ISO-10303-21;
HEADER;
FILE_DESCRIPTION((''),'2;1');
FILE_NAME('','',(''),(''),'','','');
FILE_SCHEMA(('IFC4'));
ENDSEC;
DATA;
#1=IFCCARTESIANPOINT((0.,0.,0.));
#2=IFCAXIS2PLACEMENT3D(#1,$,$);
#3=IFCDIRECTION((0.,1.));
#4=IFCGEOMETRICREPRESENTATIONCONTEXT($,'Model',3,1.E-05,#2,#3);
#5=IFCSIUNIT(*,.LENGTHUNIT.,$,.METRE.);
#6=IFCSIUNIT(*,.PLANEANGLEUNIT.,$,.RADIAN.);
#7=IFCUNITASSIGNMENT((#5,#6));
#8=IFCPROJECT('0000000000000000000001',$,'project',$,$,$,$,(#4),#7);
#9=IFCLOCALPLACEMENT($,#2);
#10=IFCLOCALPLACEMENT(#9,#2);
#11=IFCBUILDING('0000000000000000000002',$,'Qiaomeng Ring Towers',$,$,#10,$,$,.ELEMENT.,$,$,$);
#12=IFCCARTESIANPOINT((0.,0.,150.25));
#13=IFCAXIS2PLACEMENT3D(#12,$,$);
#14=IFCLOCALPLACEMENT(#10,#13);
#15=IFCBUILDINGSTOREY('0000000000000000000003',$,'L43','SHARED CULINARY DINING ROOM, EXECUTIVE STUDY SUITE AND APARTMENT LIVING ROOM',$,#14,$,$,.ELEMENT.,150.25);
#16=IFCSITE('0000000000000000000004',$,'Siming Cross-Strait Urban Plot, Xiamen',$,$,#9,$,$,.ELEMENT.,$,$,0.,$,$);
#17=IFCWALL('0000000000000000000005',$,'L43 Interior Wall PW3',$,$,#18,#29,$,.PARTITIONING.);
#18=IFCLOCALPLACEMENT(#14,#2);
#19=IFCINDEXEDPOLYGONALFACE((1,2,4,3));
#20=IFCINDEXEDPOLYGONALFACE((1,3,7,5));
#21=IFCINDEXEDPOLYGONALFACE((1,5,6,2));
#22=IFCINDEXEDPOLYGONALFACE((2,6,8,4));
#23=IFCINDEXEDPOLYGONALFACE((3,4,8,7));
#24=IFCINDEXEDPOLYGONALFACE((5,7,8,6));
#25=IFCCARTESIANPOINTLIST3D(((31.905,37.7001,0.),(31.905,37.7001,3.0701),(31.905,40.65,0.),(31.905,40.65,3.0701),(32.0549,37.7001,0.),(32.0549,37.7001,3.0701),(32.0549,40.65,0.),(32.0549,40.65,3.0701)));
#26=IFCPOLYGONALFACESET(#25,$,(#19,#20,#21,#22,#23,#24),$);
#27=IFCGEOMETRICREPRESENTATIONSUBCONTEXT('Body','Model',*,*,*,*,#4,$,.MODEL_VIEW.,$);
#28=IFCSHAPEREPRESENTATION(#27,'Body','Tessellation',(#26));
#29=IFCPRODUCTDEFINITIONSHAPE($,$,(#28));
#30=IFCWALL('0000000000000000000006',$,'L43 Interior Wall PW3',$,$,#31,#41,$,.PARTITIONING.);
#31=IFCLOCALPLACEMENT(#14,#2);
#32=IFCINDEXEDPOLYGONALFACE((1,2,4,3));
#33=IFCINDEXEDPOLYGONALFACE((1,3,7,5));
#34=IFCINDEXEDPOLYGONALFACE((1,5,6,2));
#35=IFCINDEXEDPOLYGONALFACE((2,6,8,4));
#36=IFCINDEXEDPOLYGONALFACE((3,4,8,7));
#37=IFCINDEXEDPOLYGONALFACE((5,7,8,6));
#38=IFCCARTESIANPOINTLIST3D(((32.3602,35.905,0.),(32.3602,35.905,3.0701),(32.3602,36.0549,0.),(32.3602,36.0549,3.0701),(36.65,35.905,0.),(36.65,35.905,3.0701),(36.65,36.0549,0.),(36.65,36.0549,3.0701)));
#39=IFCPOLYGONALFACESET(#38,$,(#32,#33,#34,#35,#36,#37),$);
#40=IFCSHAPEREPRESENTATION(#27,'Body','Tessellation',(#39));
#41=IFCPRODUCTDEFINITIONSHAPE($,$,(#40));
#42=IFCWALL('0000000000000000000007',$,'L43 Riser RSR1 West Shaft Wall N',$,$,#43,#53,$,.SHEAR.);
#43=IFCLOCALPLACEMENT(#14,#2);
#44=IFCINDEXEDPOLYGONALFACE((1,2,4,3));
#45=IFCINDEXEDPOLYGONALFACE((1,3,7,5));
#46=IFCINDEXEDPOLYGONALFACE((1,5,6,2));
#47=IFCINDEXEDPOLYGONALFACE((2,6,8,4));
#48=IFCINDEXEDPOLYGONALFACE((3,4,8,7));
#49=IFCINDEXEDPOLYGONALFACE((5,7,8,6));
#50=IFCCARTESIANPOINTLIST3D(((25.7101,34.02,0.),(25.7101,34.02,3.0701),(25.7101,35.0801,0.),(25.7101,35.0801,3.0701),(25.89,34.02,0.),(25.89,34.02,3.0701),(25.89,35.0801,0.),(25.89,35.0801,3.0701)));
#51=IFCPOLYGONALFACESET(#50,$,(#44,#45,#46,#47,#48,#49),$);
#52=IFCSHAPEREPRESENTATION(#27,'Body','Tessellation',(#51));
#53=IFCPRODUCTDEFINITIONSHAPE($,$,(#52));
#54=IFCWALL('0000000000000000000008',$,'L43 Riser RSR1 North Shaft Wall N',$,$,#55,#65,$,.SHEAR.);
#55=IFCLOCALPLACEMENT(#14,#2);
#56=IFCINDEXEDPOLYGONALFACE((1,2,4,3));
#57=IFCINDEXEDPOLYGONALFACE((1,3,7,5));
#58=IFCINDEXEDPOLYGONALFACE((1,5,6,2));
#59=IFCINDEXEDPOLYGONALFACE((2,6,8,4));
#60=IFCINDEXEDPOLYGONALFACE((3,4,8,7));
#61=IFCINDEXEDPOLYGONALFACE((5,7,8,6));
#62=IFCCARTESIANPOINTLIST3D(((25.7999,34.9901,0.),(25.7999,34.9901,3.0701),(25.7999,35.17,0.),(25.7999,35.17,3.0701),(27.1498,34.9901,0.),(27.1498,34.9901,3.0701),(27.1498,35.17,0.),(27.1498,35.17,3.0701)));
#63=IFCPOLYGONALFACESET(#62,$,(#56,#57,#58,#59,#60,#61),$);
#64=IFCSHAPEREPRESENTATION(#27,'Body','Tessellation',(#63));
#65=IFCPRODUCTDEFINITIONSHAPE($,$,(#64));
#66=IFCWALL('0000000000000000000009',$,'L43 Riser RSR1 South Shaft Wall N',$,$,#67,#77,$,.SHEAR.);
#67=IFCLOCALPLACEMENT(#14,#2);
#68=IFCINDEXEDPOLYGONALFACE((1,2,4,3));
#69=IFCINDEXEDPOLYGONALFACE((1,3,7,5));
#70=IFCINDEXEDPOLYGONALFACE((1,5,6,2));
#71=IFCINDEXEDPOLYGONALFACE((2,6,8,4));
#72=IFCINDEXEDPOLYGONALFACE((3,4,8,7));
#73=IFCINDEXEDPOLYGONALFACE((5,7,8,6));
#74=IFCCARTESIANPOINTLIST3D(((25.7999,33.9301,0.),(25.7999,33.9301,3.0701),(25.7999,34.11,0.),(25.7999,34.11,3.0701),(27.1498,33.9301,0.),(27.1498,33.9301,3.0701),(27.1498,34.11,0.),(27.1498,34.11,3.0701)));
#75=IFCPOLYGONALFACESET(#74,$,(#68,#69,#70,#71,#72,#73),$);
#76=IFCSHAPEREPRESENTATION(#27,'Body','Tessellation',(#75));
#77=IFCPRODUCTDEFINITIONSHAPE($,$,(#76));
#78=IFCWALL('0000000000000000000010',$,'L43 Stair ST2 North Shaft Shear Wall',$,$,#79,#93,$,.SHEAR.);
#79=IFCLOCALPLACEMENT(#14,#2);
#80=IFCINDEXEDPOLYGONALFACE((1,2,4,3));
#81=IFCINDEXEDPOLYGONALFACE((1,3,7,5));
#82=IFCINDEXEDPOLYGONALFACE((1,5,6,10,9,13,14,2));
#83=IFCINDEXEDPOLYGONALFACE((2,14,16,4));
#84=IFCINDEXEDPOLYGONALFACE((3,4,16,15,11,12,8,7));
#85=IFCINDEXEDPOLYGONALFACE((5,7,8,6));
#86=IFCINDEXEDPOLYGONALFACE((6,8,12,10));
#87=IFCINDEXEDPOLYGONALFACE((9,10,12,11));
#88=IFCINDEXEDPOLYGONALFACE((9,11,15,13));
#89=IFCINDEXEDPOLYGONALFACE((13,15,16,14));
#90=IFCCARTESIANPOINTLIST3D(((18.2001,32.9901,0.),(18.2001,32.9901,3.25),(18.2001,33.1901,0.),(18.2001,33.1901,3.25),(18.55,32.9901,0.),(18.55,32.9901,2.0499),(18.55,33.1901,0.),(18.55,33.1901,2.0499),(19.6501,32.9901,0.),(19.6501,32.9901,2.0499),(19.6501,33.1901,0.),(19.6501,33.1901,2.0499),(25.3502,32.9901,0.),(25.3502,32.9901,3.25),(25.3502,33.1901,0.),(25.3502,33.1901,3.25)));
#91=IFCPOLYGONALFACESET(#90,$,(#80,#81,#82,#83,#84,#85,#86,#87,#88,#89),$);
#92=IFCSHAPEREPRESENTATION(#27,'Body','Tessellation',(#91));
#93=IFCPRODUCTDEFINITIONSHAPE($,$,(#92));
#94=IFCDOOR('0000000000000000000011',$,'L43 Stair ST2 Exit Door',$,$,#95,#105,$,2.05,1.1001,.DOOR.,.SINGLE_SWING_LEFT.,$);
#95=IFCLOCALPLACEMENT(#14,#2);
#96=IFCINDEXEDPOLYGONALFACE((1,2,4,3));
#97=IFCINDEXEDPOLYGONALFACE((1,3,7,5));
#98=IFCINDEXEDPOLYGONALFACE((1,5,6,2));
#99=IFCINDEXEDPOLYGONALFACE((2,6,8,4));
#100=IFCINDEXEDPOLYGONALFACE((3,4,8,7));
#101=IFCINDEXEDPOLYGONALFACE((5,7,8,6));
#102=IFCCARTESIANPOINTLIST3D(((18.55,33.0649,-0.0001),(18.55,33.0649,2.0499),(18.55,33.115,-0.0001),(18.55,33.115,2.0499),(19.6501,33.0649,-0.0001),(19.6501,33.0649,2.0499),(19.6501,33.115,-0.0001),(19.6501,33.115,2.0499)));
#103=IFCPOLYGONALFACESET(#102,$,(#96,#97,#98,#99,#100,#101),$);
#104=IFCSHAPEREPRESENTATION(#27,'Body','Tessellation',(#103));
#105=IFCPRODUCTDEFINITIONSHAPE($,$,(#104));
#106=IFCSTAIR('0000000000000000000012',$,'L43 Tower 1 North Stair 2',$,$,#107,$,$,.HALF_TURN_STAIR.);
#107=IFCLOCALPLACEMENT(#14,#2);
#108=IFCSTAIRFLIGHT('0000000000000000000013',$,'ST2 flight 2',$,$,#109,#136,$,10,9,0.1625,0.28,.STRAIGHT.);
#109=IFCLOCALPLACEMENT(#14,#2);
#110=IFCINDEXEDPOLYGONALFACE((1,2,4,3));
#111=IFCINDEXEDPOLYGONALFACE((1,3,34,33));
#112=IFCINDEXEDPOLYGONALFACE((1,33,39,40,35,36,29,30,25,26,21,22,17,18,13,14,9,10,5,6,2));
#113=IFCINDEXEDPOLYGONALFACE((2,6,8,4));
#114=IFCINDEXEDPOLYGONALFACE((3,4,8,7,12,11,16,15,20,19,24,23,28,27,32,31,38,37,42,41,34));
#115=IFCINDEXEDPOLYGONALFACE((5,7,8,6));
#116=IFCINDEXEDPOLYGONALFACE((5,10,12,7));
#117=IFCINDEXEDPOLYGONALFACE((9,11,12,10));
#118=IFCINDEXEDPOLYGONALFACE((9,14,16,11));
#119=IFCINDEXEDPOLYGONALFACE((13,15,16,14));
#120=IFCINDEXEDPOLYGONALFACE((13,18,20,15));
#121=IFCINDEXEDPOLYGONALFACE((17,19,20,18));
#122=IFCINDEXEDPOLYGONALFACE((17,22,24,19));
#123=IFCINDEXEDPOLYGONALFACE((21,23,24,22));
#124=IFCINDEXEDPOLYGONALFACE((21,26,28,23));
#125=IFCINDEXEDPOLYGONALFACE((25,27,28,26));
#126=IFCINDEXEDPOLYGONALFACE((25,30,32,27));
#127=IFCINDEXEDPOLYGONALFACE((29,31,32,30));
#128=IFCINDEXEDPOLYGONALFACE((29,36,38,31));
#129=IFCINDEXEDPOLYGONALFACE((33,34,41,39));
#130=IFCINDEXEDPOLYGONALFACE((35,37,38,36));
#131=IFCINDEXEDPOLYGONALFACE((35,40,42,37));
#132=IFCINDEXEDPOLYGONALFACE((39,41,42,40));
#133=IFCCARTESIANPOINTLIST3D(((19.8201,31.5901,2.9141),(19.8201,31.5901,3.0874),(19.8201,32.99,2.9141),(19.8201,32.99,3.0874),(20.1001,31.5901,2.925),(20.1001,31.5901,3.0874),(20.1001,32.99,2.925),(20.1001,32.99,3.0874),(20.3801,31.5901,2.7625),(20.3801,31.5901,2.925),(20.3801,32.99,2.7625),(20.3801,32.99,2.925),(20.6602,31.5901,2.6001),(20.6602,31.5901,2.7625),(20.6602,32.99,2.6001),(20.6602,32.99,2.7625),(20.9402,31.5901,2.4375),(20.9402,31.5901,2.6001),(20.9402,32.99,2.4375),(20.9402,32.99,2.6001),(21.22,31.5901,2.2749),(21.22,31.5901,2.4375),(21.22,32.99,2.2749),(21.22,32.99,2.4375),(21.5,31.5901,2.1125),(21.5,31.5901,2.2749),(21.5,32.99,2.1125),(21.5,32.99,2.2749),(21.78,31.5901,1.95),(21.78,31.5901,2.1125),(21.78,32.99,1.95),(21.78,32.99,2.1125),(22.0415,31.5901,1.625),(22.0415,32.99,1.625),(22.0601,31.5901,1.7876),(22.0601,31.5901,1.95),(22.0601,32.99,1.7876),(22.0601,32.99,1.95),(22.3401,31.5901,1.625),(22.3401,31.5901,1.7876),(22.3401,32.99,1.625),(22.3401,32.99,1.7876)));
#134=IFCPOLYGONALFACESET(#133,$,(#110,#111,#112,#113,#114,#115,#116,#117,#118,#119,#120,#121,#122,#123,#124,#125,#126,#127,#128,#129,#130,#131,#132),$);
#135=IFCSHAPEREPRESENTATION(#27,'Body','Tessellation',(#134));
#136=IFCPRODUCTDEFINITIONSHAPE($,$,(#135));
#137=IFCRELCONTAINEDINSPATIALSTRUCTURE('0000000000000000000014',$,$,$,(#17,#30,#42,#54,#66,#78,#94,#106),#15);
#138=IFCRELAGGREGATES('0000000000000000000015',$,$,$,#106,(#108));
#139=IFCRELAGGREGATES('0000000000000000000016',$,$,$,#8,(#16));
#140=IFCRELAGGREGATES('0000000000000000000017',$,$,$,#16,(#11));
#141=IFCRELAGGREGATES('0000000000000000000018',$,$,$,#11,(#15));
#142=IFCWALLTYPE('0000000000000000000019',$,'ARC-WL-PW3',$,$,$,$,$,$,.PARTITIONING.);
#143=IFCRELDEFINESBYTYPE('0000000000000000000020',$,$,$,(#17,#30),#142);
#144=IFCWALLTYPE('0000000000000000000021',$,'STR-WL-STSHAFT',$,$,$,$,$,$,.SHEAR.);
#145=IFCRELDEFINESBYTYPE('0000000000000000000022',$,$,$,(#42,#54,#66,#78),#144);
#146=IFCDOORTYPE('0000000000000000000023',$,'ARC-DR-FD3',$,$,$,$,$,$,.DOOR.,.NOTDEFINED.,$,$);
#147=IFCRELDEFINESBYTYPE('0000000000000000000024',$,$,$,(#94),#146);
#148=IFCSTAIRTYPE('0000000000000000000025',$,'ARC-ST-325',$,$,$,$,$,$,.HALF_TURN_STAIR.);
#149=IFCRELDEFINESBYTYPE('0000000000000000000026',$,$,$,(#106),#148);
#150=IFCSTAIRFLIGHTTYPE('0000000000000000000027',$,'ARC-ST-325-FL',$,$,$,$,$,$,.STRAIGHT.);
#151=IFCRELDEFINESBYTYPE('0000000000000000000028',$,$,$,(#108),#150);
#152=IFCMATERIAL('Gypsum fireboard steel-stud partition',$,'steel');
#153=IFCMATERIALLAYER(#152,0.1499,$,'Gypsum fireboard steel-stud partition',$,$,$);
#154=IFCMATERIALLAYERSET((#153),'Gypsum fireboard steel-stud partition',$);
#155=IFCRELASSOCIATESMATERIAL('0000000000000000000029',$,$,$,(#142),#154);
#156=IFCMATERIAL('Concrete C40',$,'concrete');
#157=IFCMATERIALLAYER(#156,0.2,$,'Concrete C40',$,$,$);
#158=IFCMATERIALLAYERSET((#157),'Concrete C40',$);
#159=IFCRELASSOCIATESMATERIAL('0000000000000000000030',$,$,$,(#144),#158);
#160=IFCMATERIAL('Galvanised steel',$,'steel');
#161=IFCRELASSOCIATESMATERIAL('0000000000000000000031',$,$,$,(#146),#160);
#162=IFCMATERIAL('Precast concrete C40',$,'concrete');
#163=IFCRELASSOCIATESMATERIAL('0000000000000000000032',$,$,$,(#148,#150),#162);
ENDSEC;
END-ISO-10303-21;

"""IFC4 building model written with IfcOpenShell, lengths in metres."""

from ifc_helpers import new_model, si_unit, direction, frame, frame_2d, origin, place, context, subcontext, project, spatial, polyline, rectangle, outline, extrude, source, transform, mapped, material, layer, layer_set, type_object, element, fill, aggregate, save


model = new_model("IFC4")

# Units and contexts
model_context = context("Model", 3, precision=1e-05, world=origin(), true_north=direction((0.0, 1.0)))
body_context = subcontext(model_context, "Body", "Model", "MODEL_VIEW")
ifc_project = project(units=[si_unit("LENGTHUNIT", "METRE"), si_unit("PLANEANGLEUNIT", "RADIAN")], contexts=[model_context])

# Site, building, storey
site_placement = place(None, origin())
site = spatial("IfcSite", under=ifc_project, at=site_placement, Name="Siming Cross-Strait Urban Plot, Xiamen", CompositionType="ELEMENT", RefElevation=0.0)
building_placement = place(site_placement, origin())
building = spatial("IfcBuilding", under=site, at=building_placement, Name="Qiaomeng Ring Towers", CompositionType="ELEMENT")
storey_placement = place(building_placement, frame((0.0, 0.0, 150.25)))
storey = spatial("IfcBuildingStorey", under=building, at=storey_placement, Name="L43", Description="SHARED CULINARY DINING ROOM, EXECUTIVE STUDY SUITE AND APARTMENT LIVING ROOM", CompositionType="ELEMENT", Elevation=150.25)

# Walls
ifc_material_1 = material(Name="Gypsum fireboard steel-stud partition", Category="steel")
ifc_layer_1 = layer(ifc_material_1, 0.1499, Name="Gypsum fireboard steel-stud partition")
ifc_layer_set_1 = layer_set([ifc_layer_1], Name="Gypsum fireboard steel-stud partition")
wall_type_1 = type_object("IfcWallType", Name="ARC-WL-PW3", PredefinedType="PARTITIONING", material=ifc_layer_set_1)
for number, where, z_axis, x_axis, name in (
    (1, (31.98, 37.7, 0.0), (0.0, 0.0, 1.0), (0.0, 1.0, 0.0), "L43 Interior Wall PW3"),
):
    element("IfcWall", number, at=place(storey_placement, frame(where, z_axis=z_axis, x_axis=x_axis)), inside=storey, type_object=wall_type_1, Name=name, PredefinedType="PARTITIONING", context=body_context, shape_type="SweptSolid", body=[
        extrude(rectangle(XDim=2.95, YDim=0.1499, at=frame_2d((1.4751, 0.0))), origin(), (0.0, 0.0, 1.0), 3.0701),
    ])
wall_1_placement = place(storey_placement, frame((32.3601, 35.98, 0.0), z_axis=(0.0, 0.0, 1.0), x_axis=(1.0, 0.0, 0.0)))
element("IfcWall", 2, at=wall_1_placement, inside=storey, type_object=wall_type_1, Name="L43 Interior Wall PW3", PredefinedType="PARTITIONING", context=body_context, shape_type="SweptSolid", body=[
    extrude(rectangle(XDim=4.2898, YDim=0.1499, at=frame_2d((2.145, 0.0))), origin(), (0.0, 0.0, 1.0), 3.0701),
])
ifc_material_2 = material(Name="Concrete C40", Category="concrete")
ifc_layer_2 = layer(ifc_material_2, 0.2, Name="Concrete C40")
ifc_layer_set_2 = layer_set([ifc_layer_2], Name="Concrete C40")
wall_type_2 = type_object("IfcWallType", Name="STR-WL-STSHAFT", PredefinedType="SHEAR", material=ifc_layer_set_2)
wall_2_placement = place(storey_placement, frame((25.8, 34.02, 0.0), z_axis=(0.0, 0.0, 1.0), x_axis=(0.0, 1.0, 0.0)))
element("IfcWall", 3, at=wall_2_placement, inside=storey, type_object=wall_type_2, Name="L43 Riser RSR1 West Shaft Wall N", PredefinedType="SHEAR", context=body_context, shape_type="SweptSolid", body=[
    extrude(rectangle(XDim=1.0601, YDim=0.1799, at=frame_2d((0.53, 0.0))), origin(), (0.0, 0.0, 1.0), 3.0701),
])
for number, where, z_axis, x_axis, name in (
    (4, (25.8, 35.0801, 0.0), (0.0, 0.0, 1.0), (1.0, 0.0, 0.0), "L43 Riser RSR1 North Shaft Wall N"),
    (5, (25.8, 34.02, 0.0), (0.0, 0.0, 1.0), (1.0, 0.0, 0.0), "L43 Riser RSR1 South Shaft Wall N"),
):
    element("IfcWall", number, at=place(storey_placement, frame(where, z_axis=z_axis, x_axis=x_axis)), inside=storey, type_object=wall_type_2, Name=name, PredefinedType="SHEAR", context=body_context, shape_type="SweptSolid", body=[
        extrude(rectangle(XDim=1.3499, YDim=0.1799, at=frame_2d((0.6748, 0.0))), origin(), (0.0, 0.0, 1.0), 3.0701),
    ])

# Wall, opening, door
wall_3_placement = place(storey_placement, frame((18.2, 33.0901, 0.0), z_axis=(0.0, 0.0, 1.0), x_axis=(1.0, 0.0, 0.0)))
wall_3 = element("IfcWall", 6, at=wall_3_placement, inside=storey, type_object=wall_type_2, Name="L43 Stair ST2 North Shaft Shear Wall", PredefinedType="SHEAR", context=body_context, shape_type="SweptSolid", body=[
    extrude(rectangle(XDim=7.1501, YDim=0.2, at=frame_2d((3.5752, 0.0))), origin(), (0.0, 0.0, 1.0), 3.25),
])
opening_placement = place(wall_3_placement, frame((0.3501, 0.0, 0.0)))
opening = element("IfcOpeningElement", 7, at=opening_placement, cuts=wall_3, PredefinedType="OPENING", context=body_context, shape_type="SweptSolid", body=[
    extrude(rectangle(XDim=1.1001, YDim=2.05, at=frame_2d((0.55, 1.0249))), frame((0.0, 0.1099, 0.0), z_axis=(0.0, -1.0, 0.0), x_axis=(1.0, 0.0, 0.0)), (0.0, 0.0, 1.0), 0.22),
])
ifc_material_3 = material(Name="Galvanised steel", Category="steel")
door_type = type_object("IfcDoorType", Name="ARC-DR-FD3", OperationType="NOTDEFINED", PredefinedType="DOOR", material=ifc_material_3)
shared_shape_1 = source(origin(), body_context, "Body", "SweptSolid", [
    extrude(rectangle(XDim=1.1001, YDim=2.05, at=frame_2d((0.55, 1.0249))), frame((0.0, 0.0249, 0.0), z_axis=(0.0, -1.0, 0.0), x_axis=(1.0, 0.0, 0.0)), (0.0, 0.0, 1.0), 0.05),
])
door_placement = place(opening_placement, origin())
door = element("IfcDoor", 8, at=door_placement, inside=storey, type_object=door_type, Name="L43 Stair ST2 Exit Door", OperationType="SINGLE_SWING_LEFT", OverallHeight=2.05, OverallWidth=1.1001, PredefinedType="DOOR", context=body_context, shape_type="MappedRepresentation", body=[
    mapped(shared_shape_1, transform((0.0, 0.0, 0.0), x_axis=(1.0, 0.0, 0.0), y_axis=(0.0, 1.0, 0.0), z_axis=(0.0, 0.0, 1.0), scale=1.0)),
])
fill(opening, door)

# Stair, stair flight
ifc_material_4 = material(Name="Precast concrete C40", Category="concrete")
stair_type = type_object("IfcStairType", Name="ARC-ST-325", PredefinedType="HALF_TURN_STAIR", material=ifc_material_4)
stair_placement = place(storey_placement, origin())
stair = element("IfcStair", 9, at=stair_placement, inside=storey, type_object=stair_type, Name="L43 Tower 1 North Stair 2", PredefinedType="HALF_TURN_STAIR")
stair_flight_type = type_object("IfcStairFlightType", Name="ARC-ST-325-FL", PredefinedType="STRAIGHT", material=ifc_material_4)
shared_shape_2 = source(origin(), body_context, "Body", "SweptSolid", [
    extrude(outline(polyline([(0.0, 0.0), (0.0, 0.1626), (0.28, 0.1626), (0.28, 0.325), (0.5601, 0.325), (0.5601, 0.4875), (0.8401, 0.4875), (0.8401, 0.6499), (1.1201, 0.6499), (1.1201, 0.8125), (1.3999, 0.8125), (1.3999, 0.9751), (1.6799, 0.9751), (1.6799, 1.1375), (1.96, 1.1375), (1.96, 1.3), (2.24, 1.3), (2.24, 1.4624), (2.52, 1.4624), (2.52, 1.625), (2.52, 1.2891), (0.2986, 0.0), (0.0, 0.0)])), frame((0.0, 0.7, 0.0), z_axis=(0.0, -1.0, 0.0), x_axis=(1.0, 0.0, 0.0)), (0.0, 0.0, 1.0), 1.3999),
])
stair_flight_placement = place(storey_placement, frame((22.3401, 32.29, 1.625), z_axis=(0.0, 0.0, 1.0), x_axis=(-1.0, 0.0, 0.0)))
stair_flight = element("IfcStairFlight", 10, at=stair_flight_placement, type_object=stair_flight_type, Name="ST2 flight 2", NumberOfRisers=10, NumberOfTreads=9, PredefinedType="STRAIGHT", RiserHeight=0.1625, TreadLength=0.28, context=body_context, shape_type="MappedRepresentation", body=[
    mapped(shared_shape_2, transform((0.0, 0.0, 0.0), x_axis=(1.0, 0.0, 0.0), y_axis=(0.0, 1.0, 0.0), z_axis=(0.0, 0.0, 1.0), scale=1.0)),
])
aggregate(stair, [stair_flight])

save(model, "model.ifc")
